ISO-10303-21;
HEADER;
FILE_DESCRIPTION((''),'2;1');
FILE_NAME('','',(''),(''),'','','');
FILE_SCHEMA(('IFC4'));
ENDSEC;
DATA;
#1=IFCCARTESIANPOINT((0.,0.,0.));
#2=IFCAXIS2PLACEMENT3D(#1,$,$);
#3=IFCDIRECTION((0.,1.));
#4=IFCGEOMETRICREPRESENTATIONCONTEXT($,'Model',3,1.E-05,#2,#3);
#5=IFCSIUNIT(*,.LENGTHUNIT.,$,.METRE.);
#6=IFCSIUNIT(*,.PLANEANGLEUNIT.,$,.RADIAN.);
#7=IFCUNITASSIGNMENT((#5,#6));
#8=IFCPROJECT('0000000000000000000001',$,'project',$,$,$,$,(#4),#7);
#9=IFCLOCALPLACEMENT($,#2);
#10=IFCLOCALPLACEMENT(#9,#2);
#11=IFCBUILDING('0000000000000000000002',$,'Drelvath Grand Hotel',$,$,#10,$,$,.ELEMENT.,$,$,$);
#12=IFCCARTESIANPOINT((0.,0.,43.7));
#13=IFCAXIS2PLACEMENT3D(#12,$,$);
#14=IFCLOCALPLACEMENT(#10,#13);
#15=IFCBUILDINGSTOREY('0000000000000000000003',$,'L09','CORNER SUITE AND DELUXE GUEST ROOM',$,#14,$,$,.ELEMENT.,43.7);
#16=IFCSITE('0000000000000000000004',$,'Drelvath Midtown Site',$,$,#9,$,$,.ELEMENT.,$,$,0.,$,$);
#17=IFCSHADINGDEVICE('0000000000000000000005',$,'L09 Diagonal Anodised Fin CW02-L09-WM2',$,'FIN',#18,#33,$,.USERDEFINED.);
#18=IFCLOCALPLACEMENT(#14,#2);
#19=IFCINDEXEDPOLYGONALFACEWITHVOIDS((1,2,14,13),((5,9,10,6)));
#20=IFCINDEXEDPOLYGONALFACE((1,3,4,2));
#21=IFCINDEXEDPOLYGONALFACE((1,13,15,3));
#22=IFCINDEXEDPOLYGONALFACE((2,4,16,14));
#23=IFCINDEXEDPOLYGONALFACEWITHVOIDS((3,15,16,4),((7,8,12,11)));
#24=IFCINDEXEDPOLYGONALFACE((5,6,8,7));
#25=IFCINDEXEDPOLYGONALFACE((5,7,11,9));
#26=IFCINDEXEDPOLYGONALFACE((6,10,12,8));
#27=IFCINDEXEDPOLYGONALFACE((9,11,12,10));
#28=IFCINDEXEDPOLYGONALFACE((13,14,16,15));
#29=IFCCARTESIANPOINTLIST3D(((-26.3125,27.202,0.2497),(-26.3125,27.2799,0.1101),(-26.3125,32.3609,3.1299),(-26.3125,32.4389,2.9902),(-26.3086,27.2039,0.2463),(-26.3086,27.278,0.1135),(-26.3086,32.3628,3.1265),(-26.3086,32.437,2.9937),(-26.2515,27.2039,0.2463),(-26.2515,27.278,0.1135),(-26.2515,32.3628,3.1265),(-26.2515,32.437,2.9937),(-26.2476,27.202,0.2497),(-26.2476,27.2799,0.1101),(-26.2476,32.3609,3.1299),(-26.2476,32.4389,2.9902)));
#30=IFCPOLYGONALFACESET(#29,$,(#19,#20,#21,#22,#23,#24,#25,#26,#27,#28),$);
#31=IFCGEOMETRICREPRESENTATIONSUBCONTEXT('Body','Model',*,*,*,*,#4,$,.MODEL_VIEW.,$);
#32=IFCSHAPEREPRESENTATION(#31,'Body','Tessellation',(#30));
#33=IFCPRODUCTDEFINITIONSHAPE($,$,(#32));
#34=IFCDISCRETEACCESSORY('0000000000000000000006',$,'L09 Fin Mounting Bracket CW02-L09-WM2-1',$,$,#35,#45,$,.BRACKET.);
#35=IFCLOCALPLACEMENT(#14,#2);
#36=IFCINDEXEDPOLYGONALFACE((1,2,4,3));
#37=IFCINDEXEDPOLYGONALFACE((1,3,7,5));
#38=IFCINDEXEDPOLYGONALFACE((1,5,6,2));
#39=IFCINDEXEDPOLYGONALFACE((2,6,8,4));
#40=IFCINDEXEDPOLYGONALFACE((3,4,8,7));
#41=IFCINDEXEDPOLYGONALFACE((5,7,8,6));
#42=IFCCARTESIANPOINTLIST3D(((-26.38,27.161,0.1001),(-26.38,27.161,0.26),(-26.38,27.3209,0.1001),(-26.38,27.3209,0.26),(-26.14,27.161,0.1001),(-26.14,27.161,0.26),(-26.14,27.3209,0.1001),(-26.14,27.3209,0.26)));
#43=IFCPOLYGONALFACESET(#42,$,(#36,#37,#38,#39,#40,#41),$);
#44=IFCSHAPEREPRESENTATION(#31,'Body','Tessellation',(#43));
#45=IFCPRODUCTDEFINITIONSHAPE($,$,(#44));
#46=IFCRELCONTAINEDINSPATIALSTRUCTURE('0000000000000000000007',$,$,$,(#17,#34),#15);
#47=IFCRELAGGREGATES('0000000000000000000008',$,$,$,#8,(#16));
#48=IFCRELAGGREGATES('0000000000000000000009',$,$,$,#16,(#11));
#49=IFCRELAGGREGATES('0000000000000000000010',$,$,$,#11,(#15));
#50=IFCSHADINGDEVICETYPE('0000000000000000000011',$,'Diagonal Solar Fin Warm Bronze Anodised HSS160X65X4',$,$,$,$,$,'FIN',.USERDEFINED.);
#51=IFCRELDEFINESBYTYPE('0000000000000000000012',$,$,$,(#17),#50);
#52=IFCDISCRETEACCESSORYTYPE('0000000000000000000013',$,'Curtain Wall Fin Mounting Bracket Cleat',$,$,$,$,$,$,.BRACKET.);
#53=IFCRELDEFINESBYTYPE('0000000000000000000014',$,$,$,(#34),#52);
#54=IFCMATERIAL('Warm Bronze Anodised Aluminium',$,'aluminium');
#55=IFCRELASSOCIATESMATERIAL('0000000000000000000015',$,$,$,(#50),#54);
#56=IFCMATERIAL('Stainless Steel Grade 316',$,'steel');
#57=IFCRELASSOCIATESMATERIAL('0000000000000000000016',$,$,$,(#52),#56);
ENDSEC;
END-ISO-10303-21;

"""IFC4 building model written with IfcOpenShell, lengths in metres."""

from ifc_helpers import new_model, si_unit, direction, frame, origin, origin_2d, place, context, subcontext, project, spatial, rectangle, hollow_rectangle, extrude, material, material_profile, profile_set, type_object, element, save


model = new_model("IFC4")

# Units and contexts
model_context = context("Model", 3, precision=1e-05, world=origin(), true_north=direction((0.0, 1.0)))
body_context = subcontext(model_context, "Body", "Model", "MODEL_VIEW")
ifc_project = project(units=[si_unit("LENGTHUNIT", "METRE"), si_unit("PLANEANGLEUNIT", "RADIAN")], contexts=[model_context])

# Site, building, storey
site_placement = place(None, origin())
site = spatial("IfcSite", under=ifc_project, at=site_placement, Name="Drelvath Midtown Site", CompositionType="ELEMENT", RefElevation=0.0)
building_placement = place(site_placement, origin())
building = spatial("IfcBuilding", under=site, at=building_placement, Name="Drelvath Grand Hotel", CompositionType="ELEMENT")
storey_placement = place(building_placement, frame((0.0, 0.0, 43.7)))
storey = spatial("IfcBuildingStorey", under=building, at=storey_placement, Name="L09", Description="CORNER SUITE AND DELUXE GUEST ROOM", CompositionType="ELEMENT", Elevation=43.7)

# Shading device
ifc_material_1 = material(Name="Warm Bronze Anodised Aluminium", Category="aluminium")
ifc_material_profile_1 = material_profile(ifc_material_1, hollow_rectangle(XDim=0.0649, YDim=0.1599, WallThickness=0.0039, at=origin_2d()), Name="HSS160X65X4")
ifc_profile_set_1 = profile_set([ifc_material_profile_1], Name="Warm Bronze Anodised Aluminium")
shading_device_type = type_object("IfcShadingDeviceType", Name="Diagonal Solar Fin Warm Bronze Anodised HSS160X65X4", ElementType="FIN", PredefinedType="USERDEFINED", material=ifc_profile_set_1)
shading_device_placement = place(storey_placement, frame((-26.28, 27.241, 0.1799), z_axis=(0.0, 0.873146, 0.487459), x_axis=(-1.0, 0.0, 0.0)))
element("IfcShadingDevice", 1, at=shading_device_placement, inside=storey, type_object=shading_device_type, Name="L09 Diagonal Anodised Fin CW02-L09-WM2", ObjectType="FIN", PredefinedType="USERDEFINED", context=body_context, shape_type="SweptSolid", body=[
    extrude(hollow_rectangle(XDim=0.0649, YDim=0.1599, WallThickness=0.0039, at=origin_2d()), origin(), (0.0, 0.0, 1.0), 5.9084),
])

# Discrete accessory
ifc_material_2 = material(Name="Stainless Steel Grade 316", Category="steel")
discrete_accessory_type = type_object("IfcDiscreteAccessoryType", Name="Curtain Wall Fin Mounting Bracket Cleat", PredefinedType="BRACKET", material=ifc_material_2)
discrete_accessory_placement = place(storey_placement, frame((-26.26, 27.241, 0.1001), z_axis=(0.0, 0.0, 1.0), x_axis=(0.0, 1.0, 0.0)))
element("IfcDiscreteAccessory", 2, at=discrete_accessory_placement, inside=storey, type_object=discrete_accessory_type, Name="L09 Fin Mounting Bracket CW02-L09-WM2-1", PredefinedType="BRACKET", context=body_context, shape_type="SweptSolid", body=[
    extrude(rectangle(XDim=0.1599, YDim=0.24, at=origin_2d()), origin(), (0.0, 0.0, 1.0), 0.1599),
])

save(model, "model.ifc")
